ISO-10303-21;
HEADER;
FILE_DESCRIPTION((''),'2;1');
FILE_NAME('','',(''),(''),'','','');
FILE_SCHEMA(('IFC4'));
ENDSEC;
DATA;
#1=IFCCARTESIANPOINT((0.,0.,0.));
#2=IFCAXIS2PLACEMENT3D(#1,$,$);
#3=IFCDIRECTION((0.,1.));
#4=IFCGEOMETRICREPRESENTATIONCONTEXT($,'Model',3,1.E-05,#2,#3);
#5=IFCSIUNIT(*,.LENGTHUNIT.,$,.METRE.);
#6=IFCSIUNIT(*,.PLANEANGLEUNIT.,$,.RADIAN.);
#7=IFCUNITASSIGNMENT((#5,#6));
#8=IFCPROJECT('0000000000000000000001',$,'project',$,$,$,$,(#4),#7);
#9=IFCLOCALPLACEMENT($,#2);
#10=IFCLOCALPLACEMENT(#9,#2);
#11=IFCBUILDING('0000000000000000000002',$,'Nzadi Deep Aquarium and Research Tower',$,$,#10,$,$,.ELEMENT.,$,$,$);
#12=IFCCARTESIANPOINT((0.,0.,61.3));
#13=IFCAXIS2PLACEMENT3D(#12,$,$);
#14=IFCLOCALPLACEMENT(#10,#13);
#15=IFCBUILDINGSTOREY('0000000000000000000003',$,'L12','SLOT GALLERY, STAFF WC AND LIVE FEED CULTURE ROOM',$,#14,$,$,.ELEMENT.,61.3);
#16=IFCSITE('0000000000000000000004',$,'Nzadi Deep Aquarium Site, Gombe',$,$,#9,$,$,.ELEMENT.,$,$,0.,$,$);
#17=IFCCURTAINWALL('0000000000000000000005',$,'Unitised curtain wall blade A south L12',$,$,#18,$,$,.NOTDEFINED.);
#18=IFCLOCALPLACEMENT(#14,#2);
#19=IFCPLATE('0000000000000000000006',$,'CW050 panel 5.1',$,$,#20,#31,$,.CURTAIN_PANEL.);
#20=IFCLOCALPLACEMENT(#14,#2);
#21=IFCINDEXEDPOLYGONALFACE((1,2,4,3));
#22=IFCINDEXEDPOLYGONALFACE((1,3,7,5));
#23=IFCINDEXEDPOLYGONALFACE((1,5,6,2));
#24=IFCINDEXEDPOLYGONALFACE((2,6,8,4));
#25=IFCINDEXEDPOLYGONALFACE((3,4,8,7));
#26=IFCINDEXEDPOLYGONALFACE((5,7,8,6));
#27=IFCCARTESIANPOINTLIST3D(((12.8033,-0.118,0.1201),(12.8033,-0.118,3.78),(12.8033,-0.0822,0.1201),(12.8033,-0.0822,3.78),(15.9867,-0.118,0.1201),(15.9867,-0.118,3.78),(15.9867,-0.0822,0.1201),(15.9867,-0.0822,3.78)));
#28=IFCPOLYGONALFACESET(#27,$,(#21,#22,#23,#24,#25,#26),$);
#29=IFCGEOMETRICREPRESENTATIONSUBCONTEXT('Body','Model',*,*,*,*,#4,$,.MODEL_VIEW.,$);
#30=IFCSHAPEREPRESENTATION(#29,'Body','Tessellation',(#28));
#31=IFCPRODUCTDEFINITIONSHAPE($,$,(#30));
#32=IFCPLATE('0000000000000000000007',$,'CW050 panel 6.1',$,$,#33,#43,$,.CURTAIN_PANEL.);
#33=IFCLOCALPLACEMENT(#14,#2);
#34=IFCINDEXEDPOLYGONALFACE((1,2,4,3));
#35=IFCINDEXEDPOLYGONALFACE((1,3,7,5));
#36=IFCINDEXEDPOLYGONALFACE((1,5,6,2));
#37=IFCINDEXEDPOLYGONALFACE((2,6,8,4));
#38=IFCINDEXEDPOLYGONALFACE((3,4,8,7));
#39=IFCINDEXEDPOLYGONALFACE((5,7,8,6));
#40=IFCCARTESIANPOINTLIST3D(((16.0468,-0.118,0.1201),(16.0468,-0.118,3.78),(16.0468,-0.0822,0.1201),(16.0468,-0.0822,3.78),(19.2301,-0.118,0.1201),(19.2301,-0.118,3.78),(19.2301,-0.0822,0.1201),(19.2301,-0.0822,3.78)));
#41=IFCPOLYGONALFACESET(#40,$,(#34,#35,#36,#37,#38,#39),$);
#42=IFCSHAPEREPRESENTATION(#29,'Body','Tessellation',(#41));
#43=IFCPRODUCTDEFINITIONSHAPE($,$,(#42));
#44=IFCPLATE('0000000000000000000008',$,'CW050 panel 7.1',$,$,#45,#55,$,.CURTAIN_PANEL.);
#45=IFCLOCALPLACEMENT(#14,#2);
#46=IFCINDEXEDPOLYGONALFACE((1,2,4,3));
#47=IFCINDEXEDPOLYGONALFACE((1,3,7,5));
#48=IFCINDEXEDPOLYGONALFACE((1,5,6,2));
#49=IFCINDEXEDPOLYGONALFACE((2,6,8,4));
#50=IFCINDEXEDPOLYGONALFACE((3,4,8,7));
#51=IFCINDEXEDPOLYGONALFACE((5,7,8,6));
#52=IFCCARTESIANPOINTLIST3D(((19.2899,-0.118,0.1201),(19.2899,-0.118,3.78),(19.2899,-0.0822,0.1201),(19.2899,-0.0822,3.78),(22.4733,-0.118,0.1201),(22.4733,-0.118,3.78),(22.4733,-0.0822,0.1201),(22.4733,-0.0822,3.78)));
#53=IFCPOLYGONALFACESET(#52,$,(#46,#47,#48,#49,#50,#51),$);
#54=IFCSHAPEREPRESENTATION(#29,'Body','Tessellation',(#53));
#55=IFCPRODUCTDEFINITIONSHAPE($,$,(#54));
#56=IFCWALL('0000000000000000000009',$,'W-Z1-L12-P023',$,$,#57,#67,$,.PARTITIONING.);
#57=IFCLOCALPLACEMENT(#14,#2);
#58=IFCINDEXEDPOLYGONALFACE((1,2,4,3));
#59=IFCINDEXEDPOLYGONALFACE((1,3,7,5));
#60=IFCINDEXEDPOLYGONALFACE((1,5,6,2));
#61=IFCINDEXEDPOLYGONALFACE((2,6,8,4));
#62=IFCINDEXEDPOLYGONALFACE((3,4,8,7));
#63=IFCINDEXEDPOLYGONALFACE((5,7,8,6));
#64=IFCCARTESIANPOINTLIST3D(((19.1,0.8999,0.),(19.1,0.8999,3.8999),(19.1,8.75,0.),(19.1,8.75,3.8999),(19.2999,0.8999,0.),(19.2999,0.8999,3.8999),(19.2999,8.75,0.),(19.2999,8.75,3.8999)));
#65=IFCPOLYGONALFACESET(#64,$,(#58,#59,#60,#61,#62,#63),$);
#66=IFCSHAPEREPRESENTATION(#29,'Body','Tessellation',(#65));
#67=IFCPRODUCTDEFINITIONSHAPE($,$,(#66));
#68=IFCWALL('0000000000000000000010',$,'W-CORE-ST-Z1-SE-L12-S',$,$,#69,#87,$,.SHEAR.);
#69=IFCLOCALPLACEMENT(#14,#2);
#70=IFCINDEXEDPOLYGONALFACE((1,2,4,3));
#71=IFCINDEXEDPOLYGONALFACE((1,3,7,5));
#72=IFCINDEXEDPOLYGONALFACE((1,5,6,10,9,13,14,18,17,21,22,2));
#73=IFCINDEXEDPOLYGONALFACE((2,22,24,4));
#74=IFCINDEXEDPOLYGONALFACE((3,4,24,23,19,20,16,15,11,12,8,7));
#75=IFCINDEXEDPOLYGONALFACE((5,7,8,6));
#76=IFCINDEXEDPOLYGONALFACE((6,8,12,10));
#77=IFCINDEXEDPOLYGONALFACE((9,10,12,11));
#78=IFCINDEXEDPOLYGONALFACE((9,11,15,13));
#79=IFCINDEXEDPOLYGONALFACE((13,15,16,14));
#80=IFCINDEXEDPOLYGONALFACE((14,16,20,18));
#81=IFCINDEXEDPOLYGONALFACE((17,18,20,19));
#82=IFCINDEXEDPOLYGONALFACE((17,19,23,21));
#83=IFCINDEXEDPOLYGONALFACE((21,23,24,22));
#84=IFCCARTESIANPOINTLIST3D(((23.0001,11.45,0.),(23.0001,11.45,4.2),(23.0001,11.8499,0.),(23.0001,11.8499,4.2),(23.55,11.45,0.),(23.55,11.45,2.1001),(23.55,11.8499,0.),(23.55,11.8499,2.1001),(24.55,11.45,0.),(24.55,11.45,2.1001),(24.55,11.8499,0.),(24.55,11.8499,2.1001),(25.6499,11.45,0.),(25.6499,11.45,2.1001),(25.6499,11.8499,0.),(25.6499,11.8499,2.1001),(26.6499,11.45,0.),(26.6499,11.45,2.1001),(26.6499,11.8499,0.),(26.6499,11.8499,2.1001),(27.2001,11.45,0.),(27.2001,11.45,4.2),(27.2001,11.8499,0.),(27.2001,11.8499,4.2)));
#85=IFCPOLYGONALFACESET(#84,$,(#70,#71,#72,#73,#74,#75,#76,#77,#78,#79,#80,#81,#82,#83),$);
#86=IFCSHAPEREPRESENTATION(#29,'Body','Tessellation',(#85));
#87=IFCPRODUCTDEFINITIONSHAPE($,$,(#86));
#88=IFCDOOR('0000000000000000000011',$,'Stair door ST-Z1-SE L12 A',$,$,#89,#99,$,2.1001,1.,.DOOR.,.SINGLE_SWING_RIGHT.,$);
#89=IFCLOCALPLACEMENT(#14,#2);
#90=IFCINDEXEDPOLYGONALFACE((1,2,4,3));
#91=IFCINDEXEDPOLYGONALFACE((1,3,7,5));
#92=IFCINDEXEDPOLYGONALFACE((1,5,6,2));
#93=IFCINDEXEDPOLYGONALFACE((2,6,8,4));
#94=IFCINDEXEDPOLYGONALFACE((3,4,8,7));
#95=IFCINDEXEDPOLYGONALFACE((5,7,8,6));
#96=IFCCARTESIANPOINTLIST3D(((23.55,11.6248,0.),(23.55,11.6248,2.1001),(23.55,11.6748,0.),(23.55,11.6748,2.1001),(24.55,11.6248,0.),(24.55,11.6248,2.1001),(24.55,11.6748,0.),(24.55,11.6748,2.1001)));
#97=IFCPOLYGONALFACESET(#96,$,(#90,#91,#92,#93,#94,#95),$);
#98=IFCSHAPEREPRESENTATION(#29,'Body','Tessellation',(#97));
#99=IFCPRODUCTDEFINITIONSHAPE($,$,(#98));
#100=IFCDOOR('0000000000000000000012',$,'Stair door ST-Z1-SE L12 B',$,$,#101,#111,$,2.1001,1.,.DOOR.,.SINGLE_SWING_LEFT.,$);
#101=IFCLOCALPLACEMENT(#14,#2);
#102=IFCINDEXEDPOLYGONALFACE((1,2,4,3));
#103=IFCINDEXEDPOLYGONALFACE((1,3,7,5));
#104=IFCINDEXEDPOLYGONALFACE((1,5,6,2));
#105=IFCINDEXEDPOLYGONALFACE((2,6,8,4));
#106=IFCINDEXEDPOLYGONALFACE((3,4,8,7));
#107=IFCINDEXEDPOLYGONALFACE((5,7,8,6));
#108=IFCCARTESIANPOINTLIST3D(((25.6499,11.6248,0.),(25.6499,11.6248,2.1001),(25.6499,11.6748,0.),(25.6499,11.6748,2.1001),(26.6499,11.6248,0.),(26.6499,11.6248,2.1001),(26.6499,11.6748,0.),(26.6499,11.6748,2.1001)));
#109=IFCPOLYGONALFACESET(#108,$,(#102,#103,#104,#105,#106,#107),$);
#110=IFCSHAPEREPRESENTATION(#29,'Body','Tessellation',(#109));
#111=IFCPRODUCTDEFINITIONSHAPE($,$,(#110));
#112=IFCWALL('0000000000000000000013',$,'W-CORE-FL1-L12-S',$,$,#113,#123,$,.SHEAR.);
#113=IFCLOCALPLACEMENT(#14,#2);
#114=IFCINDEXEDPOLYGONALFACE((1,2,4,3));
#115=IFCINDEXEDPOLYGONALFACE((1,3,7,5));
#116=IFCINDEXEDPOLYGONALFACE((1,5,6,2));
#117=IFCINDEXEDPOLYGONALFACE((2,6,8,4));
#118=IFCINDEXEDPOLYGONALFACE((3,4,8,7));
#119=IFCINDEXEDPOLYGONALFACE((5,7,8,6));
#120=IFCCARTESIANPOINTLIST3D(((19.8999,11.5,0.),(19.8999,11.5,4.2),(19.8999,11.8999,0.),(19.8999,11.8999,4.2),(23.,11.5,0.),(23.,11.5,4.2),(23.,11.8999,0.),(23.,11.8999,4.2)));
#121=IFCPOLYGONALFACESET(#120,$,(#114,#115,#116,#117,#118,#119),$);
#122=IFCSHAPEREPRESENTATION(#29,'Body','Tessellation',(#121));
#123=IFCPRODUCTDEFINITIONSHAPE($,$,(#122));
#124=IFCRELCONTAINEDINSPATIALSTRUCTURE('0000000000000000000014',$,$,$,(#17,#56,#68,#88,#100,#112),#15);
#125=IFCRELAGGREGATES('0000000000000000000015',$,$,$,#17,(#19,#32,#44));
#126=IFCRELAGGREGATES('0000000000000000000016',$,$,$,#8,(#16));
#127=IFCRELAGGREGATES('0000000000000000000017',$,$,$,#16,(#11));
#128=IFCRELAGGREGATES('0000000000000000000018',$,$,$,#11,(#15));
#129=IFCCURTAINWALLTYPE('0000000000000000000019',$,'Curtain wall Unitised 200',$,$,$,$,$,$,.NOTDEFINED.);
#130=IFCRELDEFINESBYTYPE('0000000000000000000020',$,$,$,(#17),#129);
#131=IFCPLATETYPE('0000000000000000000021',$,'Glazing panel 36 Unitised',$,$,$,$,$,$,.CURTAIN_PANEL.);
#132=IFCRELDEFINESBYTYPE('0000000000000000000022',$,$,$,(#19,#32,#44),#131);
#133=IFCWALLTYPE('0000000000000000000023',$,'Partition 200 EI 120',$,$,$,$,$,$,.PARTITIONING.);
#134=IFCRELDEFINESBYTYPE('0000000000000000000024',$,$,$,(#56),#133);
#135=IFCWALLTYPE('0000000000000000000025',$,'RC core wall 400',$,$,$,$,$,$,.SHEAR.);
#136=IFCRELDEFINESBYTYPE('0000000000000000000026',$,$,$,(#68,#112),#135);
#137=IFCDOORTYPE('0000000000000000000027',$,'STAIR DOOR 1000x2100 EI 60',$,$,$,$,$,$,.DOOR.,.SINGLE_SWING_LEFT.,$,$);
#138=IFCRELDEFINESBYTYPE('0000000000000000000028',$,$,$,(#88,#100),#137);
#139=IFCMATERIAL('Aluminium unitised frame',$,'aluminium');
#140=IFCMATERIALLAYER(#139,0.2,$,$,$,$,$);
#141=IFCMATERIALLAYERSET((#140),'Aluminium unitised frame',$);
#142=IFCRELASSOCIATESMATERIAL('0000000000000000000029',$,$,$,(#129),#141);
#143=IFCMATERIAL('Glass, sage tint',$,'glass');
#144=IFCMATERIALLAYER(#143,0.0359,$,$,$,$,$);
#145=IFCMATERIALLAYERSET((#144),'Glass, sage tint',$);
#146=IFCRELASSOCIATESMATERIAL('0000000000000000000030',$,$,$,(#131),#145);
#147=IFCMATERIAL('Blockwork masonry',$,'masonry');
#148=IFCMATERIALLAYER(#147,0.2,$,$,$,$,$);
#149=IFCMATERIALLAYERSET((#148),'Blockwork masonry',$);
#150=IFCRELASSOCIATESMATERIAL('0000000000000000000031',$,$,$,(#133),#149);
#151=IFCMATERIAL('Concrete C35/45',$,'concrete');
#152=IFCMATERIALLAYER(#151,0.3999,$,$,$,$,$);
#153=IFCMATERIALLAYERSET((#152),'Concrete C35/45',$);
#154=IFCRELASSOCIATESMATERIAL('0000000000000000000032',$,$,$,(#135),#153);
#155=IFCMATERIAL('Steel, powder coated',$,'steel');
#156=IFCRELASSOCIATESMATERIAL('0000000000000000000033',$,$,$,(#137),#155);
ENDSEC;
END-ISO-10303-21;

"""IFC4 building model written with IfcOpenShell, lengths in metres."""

from ifc_helpers import new_model, si_unit, direction, frame, frame_2d, origin, origin_2d, place, context, subcontext, project, spatial, rectangle, extrude, material, layer, layer_set, type_object, element, fill, aggregate, save


model = new_model("IFC4")

# Units and contexts
model_context = context("Model", 3, precision=1e-05, world=origin(), true_north=direction((0.0, 1.0)))
body_context = subcontext(model_context, "Body", "Model", "MODEL_VIEW")
ifc_project = project(units=[si_unit("LENGTHUNIT", "METRE"), si_unit("PLANEANGLEUNIT", "RADIAN")], contexts=[model_context])

# Site, building, storey
site_placement = place(None, origin())
site = spatial("IfcSite", under=ifc_project, at=site_placement, Name="Nzadi Deep Aquarium Site, Gombe", CompositionType="ELEMENT", RefElevation=0.0)
building_placement = place(site_placement, origin())
building = spatial("IfcBuilding", under=site, at=building_placement, Name="Nzadi Deep Aquarium and Research Tower", CompositionType="ELEMENT")
storey_placement = place(building_placement, frame((0.0, 0.0, 61.3)))
storey = spatial("IfcBuildingStorey", under=building, at=storey_placement, Name="L12", Description="SLOT GALLERY, STAFF WC AND LIVE FEED CULTURE ROOM", CompositionType="ELEMENT", Elevation=61.3)

# Curtain wall
ifc_material_1 = material(Name="Aluminium unitised frame", Category="aluminium")
ifc_layer_1 = layer(ifc_material_1, 0.2)
ifc_layer_set_1 = layer_set([ifc_layer_1], Name="Aluminium unitised frame")
curtain_wall_type = type_object("IfcCurtainWallType", Name="Curtain wall Unitised 200", PredefinedType="NOTDEFINED", material=ifc_layer_set_1)
curtain_wall_placement = place(storey_placement, origin())
curtain_wall = element("IfcCurtainWall", 1, at=curtain_wall_placement, inside=storey, type_object=curtain_wall_type, Name="Unitised curtain wall blade A south L12", PredefinedType="NOTDEFINED")

# Plates
ifc_material_2 = material(Name="Glass, sage tint", Category="glass")
ifc_layer_2 = layer(ifc_material_2, 0.0359)
ifc_layer_set_2 = layer_set([ifc_layer_2], Name="Glass, sage tint")
plate_type = type_object("IfcPlateType", Name="Glazing panel 36 Unitised", PredefinedType="CURTAIN_PANEL", material=ifc_layer_set_2)
plate_1_placement = place(storey_placement, frame((14.395, -0.1001, 0.1201), z_axis=(0.0, 0.0, 1.0), x_axis=(1.0, 0.0, 0.0)))
plate_1 = element("IfcPlate", 2, at=plate_1_placement, type_object=plate_type, Name="CW050 panel 5.1", PredefinedType="CURTAIN_PANEL", context=body_context, shape_type="SweptSolid", body=[
    extrude(rectangle(XDim=3.1833, YDim=0.0359, at=origin_2d()), origin(), (0.0, 0.0, 1.0), 3.6599),
])
plate_2_placement = place(storey_placement, frame((17.6384, -0.1001, 0.1201), z_axis=(0.0, 0.0, 1.0), x_axis=(1.0, 0.0, 0.0)))
plate_2 = element("IfcPlate", 3, at=plate_2_placement, type_object=plate_type, Name="CW050 panel 6.1", PredefinedType="CURTAIN_PANEL", context=body_context, shape_type="SweptSolid", body=[
    extrude(rectangle(XDim=3.1833, YDim=0.0359, at=origin_2d()), origin(), (0.0, 0.0, 1.0), 3.6599),
])
plate_3_placement = place(storey_placement, frame((20.8816, -0.1001, 0.1201), z_axis=(0.0, 0.0, 1.0), x_axis=(1.0, 0.0, 0.0)))
plate_3 = element("IfcPlate", 4, at=plate_3_placement, type_object=plate_type, Name="CW050 panel 7.1", PredefinedType="CURTAIN_PANEL", context=body_context, shape_type="SweptSolid", body=[
    extrude(rectangle(XDim=3.1833, YDim=0.0359, at=origin_2d()), origin(), (0.0, 0.0, 1.0), 3.6599),
])
aggregate(curtain_wall, [plate_1, plate_2, plate_3])

# Wall
ifc_material_3 = material(Name="Blockwork masonry", Category="masonry")
ifc_layer_3 = layer(ifc_material_3, 0.2)
ifc_layer_set_3 = layer_set([ifc_layer_3], Name="Blockwork masonry")
wall_type_1 = type_object("IfcWallType", Name="Partition 200 EI 120", PredefinedType="PARTITIONING", material=ifc_layer_set_3)
wall_1_placement = place(storey_placement, frame((19.2, 0.8999, 0.0), z_axis=(0.0, 0.0, 1.0), x_axis=(0.0, 1.0, 0.0)))
element("IfcWall", 5, at=wall_1_placement, inside=storey, type_object=wall_type_1, Name="W-Z1-L12-P023", PredefinedType="PARTITIONING", context=body_context, shape_type="SweptSolid", body=[
    extrude(rectangle(XDim=7.8501, YDim=0.2, at=frame_2d((3.925, 0.0))), origin(), (0.0, 0.0, 1.0), 3.8999),
])

# Wall, openings, doors
ifc_material_4 = material(Name="Concrete C35/45", Category="concrete")
ifc_layer_4 = layer(ifc_material_4, 0.3999)
ifc_layer_set_4 = layer_set([ifc_layer_4], Name="Concrete C35/45")
wall_type_2 = type_object("IfcWallType", Name="RC core wall 400", PredefinedType="SHEAR", material=ifc_layer_set_4)
wall_2_placement = place(storey_placement, frame((23.0, 11.6499, 0.0), z_axis=(0.0, 0.0, 1.0), x_axis=(1.0, 0.0, 0.0)))
wall_2 = element("IfcWall", 6, at=wall_2_placement, inside=storey, type_object=wall_type_2, Name="W-CORE-ST-Z1-SE-L12-S", PredefinedType="SHEAR", context=body_context, shape_type="SweptSolid", body=[
    extrude(rectangle(XDim=4.2, YDim=0.3999, at=frame_2d((2.1001, 0.0))), origin(), (0.0, 0.0, 1.0), 4.2),
])
opening_1_placement = place(wall_2_placement, frame((0.55, 0.0, 0.0)))
opening_1 = element("IfcOpeningElement", 7, at=opening_1_placement, cuts=wall_2, PredefinedType="OPENING", context=body_context, shape_type="SweptSolid", body=[
    extrude(rectangle(XDim=1.0, YDim=2.1001, at=frame_2d((0.5, 1.05))), frame((0.0, 0.21, 0.0), z_axis=(0.0, -1.0, 0.0), x_axis=(1.0, 0.0, 0.0)), (0.0, 0.0, 1.0), 0.4199),
])
opening_2_placement = place(wall_2_placement, frame((2.6499, 0.0, 0.0)))
opening_2 = element("IfcOpeningElement", 8, at=opening_2_placement, cuts=wall_2, PredefinedType="OPENING", context=body_context, shape_type="SweptSolid", body=[
    extrude(rectangle(XDim=1.0, YDim=2.1001, at=frame_2d((0.5, 1.05))), frame((0.0, 0.21, 0.0), z_axis=(0.0, -1.0, 0.0), x_axis=(1.0, 0.0, 0.0)), (0.0, 0.0, 1.0), 0.4199),
])
ifc_material_5 = material(Name="Steel, powder coated", Category="steel")
door_type = type_object("IfcDoorType", Name="STAIR DOOR 1000x2100 EI 60", OperationType="SINGLE_SWING_LEFT", PredefinedType="DOOR", material=ifc_material_5)
door_1_placement = place(opening_1_placement, origin())
door_1 = element("IfcDoor", 9, at=door_1_placement, inside=storey, type_object=door_type, Name="Stair door ST-Z1-SE L12 A", OperationType="SINGLE_SWING_RIGHT", OverallHeight=2.1001, OverallWidth=1.0, PredefinedType="DOOR", context=body_context, shape_type="SweptSolid", body=[
    extrude(rectangle(XDim=1.0, YDim=2.1001, at=frame_2d((0.5, 1.05))), frame((0.0, 0.0249, 0.0), z_axis=(0.0, -1.0, 0.0), x_axis=(1.0, 0.0, 0.0)), (0.0, 0.0, 1.0), 0.05),
])
fill(opening_1, door_1)
door_2_placement = place(opening_2_placement, origin())
door_2 = element("IfcDoor", 10, at=door_2_placement, inside=storey, type_object=door_type, Name="Stair door ST-Z1-SE L12 B", OperationType="SINGLE_SWING_LEFT", OverallHeight=2.1001, OverallWidth=1.0, PredefinedType="DOOR", context=body_context, shape_type="SweptSolid", body=[
    extrude(rectangle(XDim=1.0, YDim=2.1001, at=frame_2d((0.5, 1.05))), frame((0.0, 0.0249, 0.0), z_axis=(0.0, -1.0, 0.0), x_axis=(1.0, 0.0, 0.0)), (0.0, 0.0, 1.0), 0.05),
])
fill(opening_2, door_2)

# Wall
wall_3_placement = place(storey_placement, frame((19.8999, 11.7, 0.0), z_axis=(0.0, 0.0, 1.0), x_axis=(1.0, 0.0, 0.0)))
element("IfcWall", 11, at=wall_3_placement, inside=storey, type_object=wall_type_2, Name="W-CORE-FL1-L12-S", PredefinedType="SHEAR", context=body_context, shape_type="SweptSolid", body=[
    extrude(rectangle(XDim=3.1001, YDim=0.3999, at=frame_2d((1.55, 0.0))), origin(), (0.0, 0.0, 1.0), 4.2),
])

save(model, "model.ifc")
